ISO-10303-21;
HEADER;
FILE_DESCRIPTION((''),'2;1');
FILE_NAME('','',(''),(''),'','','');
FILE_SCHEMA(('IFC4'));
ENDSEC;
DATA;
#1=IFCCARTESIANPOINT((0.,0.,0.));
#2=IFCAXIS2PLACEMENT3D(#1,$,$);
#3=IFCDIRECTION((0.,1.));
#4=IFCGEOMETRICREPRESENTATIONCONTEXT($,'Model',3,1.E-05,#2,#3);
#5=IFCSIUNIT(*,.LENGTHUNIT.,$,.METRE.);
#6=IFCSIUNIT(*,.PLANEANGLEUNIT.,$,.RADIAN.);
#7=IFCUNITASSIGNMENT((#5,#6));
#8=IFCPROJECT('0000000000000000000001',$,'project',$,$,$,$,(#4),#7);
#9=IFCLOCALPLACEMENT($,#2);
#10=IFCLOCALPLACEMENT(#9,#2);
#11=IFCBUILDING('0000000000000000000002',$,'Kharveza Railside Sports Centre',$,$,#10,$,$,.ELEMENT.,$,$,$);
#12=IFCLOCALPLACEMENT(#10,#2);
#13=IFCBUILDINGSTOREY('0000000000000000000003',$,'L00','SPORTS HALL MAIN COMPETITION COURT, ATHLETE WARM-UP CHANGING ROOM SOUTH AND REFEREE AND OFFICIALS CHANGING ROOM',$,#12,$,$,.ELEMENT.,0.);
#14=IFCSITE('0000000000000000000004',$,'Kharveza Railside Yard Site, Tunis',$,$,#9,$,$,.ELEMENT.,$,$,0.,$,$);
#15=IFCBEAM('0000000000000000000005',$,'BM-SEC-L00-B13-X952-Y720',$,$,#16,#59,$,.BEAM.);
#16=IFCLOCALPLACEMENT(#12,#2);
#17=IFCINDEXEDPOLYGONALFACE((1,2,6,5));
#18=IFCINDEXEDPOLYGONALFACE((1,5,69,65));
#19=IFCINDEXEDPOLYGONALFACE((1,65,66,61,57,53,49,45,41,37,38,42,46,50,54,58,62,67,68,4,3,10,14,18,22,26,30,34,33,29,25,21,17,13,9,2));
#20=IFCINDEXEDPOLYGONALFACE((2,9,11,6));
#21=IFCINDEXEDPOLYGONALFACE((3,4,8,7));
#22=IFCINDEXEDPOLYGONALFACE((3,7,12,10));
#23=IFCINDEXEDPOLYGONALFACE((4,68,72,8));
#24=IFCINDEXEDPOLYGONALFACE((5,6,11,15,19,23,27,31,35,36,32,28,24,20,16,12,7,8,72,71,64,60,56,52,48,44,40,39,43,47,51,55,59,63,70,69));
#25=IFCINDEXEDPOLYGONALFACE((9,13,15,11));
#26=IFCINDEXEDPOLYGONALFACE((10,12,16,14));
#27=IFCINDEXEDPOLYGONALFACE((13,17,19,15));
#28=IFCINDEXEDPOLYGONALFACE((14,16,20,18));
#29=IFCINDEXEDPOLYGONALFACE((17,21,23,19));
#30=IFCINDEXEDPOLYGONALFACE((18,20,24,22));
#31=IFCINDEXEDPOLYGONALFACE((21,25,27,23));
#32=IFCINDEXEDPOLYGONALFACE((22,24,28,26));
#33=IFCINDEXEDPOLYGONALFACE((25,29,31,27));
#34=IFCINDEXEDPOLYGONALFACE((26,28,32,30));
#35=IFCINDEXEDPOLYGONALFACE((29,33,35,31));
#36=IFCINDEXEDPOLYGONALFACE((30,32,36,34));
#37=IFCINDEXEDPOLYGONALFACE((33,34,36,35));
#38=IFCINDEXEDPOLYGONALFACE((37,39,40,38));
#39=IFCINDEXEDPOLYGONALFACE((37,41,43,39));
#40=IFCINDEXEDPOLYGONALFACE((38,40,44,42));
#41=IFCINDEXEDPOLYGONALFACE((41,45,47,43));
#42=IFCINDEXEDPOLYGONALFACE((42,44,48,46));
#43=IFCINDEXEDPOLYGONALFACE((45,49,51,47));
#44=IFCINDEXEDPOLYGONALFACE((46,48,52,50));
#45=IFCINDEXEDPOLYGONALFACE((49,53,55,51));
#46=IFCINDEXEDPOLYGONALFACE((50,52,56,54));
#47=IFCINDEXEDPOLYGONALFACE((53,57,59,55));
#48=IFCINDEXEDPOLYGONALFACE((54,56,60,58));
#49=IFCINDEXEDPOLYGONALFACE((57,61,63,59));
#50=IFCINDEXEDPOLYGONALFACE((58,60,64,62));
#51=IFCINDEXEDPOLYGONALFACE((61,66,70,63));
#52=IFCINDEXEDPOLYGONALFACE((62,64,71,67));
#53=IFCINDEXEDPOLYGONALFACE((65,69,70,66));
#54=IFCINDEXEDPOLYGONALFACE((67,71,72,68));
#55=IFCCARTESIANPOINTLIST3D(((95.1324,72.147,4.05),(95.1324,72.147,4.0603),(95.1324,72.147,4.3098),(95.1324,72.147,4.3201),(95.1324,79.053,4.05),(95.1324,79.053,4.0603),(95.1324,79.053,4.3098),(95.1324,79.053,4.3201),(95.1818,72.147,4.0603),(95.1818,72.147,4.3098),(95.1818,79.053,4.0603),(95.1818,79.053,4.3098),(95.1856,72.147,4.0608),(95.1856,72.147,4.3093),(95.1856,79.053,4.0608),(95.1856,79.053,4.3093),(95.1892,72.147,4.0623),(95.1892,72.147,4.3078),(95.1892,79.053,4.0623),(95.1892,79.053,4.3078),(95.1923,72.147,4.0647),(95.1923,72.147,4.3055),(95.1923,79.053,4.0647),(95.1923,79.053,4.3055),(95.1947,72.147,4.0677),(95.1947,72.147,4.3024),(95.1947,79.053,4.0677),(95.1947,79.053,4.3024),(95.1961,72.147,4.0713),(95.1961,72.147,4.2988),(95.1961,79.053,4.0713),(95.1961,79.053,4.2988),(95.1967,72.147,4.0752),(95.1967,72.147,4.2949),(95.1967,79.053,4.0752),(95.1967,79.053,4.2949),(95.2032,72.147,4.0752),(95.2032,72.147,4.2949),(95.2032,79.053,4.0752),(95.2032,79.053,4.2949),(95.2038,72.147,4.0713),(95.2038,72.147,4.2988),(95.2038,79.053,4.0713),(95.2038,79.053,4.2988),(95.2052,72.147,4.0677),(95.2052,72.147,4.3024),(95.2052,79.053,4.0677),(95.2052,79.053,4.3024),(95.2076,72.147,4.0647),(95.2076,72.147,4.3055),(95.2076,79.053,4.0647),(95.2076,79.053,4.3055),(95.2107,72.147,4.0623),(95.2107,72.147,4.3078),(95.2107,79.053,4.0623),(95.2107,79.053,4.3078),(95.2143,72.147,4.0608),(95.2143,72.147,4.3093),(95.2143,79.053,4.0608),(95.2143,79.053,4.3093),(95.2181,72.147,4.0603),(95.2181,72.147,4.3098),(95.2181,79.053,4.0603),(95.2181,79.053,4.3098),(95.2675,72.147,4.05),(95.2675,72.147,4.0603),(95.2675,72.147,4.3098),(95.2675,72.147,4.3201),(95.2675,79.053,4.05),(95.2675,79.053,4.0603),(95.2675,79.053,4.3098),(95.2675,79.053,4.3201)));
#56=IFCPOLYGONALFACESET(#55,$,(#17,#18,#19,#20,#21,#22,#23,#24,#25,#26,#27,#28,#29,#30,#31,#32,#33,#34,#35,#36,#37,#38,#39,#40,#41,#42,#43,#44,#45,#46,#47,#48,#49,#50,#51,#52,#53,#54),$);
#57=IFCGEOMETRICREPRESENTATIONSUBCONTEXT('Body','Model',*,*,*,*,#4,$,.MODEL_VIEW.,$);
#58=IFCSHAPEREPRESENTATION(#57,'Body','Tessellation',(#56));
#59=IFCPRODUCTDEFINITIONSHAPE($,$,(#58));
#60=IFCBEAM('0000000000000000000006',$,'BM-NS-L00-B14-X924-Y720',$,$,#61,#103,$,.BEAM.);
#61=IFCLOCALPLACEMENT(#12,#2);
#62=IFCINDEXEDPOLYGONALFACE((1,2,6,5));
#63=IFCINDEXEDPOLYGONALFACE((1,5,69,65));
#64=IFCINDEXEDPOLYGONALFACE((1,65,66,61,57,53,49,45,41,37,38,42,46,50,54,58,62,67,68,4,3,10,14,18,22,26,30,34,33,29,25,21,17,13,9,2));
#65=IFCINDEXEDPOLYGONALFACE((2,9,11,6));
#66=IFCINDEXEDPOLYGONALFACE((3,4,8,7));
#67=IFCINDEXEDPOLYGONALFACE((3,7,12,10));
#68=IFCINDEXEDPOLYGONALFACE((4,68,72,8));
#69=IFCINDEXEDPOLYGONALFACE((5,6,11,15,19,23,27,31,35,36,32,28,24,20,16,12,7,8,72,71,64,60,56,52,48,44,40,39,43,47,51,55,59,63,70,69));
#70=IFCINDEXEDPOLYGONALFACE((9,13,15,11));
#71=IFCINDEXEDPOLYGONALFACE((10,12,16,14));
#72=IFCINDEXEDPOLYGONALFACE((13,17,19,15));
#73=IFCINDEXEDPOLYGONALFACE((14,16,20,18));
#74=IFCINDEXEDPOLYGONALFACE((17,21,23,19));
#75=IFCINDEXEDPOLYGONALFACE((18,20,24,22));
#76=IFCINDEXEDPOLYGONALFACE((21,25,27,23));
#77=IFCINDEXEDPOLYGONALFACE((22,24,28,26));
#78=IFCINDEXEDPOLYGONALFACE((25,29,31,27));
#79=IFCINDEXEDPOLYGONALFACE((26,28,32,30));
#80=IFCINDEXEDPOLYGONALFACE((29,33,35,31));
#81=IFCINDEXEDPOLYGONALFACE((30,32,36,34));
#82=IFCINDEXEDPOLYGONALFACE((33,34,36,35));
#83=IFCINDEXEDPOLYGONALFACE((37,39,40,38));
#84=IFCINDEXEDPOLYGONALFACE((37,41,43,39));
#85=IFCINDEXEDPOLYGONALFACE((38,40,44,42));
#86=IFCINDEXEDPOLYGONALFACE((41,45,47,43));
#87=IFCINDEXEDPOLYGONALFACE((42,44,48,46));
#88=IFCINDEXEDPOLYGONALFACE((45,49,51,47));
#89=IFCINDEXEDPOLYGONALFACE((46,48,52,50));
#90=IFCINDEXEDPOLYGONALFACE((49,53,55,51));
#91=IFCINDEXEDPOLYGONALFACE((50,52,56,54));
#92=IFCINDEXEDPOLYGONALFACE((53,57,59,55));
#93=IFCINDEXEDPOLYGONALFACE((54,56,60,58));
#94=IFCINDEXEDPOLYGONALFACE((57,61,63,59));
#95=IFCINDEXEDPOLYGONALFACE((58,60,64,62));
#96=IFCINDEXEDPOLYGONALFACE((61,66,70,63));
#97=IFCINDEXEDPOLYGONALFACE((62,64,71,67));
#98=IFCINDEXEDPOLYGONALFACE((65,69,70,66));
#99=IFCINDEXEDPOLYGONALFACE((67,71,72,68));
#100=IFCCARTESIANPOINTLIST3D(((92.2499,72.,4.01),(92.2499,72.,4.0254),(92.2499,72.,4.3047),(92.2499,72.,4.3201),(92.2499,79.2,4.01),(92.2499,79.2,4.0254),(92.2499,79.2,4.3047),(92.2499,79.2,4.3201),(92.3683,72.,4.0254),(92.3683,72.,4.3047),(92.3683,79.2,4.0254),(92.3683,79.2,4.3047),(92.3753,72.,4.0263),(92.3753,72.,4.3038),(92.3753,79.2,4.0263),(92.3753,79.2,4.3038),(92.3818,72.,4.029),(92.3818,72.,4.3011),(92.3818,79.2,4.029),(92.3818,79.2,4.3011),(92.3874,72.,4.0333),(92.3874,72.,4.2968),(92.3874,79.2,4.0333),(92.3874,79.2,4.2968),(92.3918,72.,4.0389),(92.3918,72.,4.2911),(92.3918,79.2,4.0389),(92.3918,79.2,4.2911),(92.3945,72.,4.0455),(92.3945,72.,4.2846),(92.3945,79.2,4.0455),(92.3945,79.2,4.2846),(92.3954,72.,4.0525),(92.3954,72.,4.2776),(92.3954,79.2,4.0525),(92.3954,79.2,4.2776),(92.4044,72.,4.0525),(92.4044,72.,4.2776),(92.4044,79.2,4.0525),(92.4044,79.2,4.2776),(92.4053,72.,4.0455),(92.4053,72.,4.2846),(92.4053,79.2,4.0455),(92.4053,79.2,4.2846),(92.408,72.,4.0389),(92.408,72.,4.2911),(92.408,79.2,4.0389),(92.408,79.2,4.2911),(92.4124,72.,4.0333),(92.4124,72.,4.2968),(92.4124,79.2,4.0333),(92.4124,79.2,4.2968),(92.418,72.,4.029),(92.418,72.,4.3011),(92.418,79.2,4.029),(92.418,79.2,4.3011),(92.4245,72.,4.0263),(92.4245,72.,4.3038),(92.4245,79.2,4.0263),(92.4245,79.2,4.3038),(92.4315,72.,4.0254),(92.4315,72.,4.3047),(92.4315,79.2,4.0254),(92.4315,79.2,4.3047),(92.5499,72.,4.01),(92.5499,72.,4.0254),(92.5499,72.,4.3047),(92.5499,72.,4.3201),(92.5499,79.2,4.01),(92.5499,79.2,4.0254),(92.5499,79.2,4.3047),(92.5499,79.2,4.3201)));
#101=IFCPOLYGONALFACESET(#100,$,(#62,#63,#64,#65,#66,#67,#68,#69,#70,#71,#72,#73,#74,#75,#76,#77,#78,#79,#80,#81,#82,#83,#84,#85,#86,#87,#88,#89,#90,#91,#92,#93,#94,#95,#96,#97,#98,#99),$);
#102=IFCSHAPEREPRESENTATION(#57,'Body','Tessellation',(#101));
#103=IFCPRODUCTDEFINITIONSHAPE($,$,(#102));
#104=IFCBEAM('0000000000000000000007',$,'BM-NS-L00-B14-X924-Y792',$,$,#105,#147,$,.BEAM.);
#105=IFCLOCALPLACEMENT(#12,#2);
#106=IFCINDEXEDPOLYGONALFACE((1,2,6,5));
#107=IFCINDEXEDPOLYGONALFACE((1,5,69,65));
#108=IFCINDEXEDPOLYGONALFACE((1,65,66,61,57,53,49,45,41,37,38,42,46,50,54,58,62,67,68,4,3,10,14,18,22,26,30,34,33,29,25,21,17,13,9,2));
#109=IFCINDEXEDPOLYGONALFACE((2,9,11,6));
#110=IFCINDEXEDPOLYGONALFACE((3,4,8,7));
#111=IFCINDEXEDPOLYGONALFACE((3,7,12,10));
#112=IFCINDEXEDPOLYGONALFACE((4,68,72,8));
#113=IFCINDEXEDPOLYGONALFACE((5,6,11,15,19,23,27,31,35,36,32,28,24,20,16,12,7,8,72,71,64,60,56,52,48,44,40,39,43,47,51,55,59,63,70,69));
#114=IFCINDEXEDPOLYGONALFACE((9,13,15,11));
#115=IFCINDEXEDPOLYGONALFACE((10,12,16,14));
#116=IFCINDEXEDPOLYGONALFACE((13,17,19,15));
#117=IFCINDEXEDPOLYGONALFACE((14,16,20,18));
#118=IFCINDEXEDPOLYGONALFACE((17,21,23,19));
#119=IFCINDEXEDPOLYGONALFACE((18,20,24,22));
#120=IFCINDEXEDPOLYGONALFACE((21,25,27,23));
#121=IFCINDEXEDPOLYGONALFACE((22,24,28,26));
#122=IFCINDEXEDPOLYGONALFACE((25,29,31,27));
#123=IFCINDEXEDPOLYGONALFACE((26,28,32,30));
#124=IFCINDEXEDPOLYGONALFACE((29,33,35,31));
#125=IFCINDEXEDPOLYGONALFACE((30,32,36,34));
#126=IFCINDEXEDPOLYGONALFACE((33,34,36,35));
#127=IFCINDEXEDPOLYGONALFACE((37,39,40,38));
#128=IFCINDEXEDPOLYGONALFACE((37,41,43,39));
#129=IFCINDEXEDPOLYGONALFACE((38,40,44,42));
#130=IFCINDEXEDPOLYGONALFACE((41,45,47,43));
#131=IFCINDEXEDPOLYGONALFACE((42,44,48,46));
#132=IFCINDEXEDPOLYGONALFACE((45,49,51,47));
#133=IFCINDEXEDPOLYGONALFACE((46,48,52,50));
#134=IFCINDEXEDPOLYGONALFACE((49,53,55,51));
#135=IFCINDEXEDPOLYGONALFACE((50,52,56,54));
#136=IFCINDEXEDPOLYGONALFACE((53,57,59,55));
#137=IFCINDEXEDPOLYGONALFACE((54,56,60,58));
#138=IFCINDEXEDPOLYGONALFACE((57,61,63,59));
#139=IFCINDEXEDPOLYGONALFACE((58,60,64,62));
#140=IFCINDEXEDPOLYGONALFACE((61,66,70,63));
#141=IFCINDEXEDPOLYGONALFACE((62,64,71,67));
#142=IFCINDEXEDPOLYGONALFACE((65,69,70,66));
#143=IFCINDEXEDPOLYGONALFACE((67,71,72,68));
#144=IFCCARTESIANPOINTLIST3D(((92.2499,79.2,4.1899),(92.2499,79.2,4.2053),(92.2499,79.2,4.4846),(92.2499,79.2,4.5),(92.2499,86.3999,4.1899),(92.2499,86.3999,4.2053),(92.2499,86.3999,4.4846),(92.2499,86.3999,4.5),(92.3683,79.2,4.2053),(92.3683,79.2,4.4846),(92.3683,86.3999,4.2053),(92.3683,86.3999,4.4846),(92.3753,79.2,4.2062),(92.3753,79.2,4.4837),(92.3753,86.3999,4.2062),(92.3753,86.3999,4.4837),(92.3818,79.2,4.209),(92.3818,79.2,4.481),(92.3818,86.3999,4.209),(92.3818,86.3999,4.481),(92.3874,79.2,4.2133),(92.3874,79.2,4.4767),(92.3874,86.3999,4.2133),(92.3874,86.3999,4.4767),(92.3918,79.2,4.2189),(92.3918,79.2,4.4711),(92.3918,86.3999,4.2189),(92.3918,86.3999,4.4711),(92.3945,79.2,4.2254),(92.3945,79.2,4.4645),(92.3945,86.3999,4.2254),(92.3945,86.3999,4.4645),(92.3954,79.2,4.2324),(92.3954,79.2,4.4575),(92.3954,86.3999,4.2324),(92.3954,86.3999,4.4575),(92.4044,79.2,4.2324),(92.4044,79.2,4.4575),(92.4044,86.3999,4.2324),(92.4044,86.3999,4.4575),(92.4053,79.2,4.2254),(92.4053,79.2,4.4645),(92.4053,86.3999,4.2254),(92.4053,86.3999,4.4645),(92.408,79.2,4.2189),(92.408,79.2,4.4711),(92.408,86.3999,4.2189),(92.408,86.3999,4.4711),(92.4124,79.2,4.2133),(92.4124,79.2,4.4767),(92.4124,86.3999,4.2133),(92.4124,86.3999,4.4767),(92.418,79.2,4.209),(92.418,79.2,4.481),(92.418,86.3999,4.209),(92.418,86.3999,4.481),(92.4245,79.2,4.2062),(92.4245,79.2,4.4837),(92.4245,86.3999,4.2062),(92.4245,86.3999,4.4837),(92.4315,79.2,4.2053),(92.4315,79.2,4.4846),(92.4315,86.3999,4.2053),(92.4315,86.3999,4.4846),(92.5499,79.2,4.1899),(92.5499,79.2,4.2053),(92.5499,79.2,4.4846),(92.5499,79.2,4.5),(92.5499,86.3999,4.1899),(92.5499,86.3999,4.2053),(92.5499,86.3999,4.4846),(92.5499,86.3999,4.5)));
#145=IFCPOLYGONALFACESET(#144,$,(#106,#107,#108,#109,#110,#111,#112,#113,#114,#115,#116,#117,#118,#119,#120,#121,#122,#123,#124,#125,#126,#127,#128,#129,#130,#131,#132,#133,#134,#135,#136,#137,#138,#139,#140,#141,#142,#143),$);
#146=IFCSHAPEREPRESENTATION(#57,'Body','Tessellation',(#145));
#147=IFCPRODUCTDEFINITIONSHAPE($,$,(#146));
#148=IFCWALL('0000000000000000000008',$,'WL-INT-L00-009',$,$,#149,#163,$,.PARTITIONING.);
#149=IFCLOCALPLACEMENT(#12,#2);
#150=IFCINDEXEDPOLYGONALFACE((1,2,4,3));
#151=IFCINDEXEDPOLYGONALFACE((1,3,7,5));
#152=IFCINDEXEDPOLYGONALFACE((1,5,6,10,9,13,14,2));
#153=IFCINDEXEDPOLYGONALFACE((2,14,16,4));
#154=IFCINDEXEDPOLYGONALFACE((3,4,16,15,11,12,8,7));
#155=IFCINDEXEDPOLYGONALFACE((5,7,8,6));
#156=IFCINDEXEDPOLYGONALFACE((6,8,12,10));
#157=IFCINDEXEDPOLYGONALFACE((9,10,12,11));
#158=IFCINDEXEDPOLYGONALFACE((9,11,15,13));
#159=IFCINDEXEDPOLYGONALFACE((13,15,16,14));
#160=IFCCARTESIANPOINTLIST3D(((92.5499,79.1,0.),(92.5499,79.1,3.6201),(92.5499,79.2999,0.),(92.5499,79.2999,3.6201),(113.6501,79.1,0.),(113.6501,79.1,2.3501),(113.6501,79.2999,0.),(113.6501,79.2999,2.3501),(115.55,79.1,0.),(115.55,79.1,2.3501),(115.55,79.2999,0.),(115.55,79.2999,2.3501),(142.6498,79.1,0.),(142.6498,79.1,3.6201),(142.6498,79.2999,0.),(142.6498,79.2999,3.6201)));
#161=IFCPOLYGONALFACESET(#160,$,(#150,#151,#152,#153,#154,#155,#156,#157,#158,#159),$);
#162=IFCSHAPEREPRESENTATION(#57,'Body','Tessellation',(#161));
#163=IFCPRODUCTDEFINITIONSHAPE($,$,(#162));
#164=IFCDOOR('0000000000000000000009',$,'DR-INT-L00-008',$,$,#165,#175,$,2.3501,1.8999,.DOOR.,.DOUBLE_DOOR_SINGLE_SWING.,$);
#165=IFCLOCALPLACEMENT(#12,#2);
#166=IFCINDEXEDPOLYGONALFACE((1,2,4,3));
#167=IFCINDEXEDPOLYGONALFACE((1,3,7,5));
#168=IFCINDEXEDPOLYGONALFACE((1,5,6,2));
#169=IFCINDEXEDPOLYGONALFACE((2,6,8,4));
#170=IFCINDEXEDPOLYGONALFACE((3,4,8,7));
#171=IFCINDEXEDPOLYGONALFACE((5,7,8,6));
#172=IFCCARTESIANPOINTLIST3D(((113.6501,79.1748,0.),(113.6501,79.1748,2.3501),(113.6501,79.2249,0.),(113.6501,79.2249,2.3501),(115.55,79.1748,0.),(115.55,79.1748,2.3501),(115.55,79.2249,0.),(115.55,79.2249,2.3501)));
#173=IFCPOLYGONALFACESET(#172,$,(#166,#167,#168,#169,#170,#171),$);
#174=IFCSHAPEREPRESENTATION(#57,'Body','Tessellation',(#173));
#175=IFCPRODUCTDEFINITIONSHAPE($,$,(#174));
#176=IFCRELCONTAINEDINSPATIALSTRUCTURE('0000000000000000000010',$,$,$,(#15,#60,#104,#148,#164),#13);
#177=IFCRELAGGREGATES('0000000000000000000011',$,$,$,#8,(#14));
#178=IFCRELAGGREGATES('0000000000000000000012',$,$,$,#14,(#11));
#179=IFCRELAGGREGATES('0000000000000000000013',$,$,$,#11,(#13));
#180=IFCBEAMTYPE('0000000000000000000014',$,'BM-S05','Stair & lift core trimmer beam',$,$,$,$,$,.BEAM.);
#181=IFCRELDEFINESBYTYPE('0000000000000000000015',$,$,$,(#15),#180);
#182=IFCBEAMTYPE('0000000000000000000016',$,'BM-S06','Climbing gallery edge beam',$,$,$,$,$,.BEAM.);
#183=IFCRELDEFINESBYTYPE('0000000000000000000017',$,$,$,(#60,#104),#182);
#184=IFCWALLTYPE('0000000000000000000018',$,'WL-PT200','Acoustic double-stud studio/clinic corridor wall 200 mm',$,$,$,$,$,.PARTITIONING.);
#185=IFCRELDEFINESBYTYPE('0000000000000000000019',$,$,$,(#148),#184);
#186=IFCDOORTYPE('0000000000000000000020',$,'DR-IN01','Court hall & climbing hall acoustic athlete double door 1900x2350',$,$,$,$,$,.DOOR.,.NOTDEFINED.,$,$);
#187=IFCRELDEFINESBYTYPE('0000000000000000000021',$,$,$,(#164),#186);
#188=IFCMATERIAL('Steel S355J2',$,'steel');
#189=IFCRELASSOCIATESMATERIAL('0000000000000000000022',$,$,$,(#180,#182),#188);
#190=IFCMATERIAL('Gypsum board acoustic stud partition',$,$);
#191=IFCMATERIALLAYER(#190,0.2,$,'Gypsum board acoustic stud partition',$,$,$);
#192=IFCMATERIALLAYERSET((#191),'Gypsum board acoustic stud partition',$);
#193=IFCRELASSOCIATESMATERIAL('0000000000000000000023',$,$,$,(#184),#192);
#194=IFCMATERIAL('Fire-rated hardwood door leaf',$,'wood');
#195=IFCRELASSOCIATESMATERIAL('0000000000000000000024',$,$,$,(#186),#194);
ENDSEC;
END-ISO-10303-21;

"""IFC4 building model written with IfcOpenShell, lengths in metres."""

from ifc_helpers import new_model, si_unit, direction, frame, frame_2d, origin, origin_2d, place, context, subcontext, project, spatial, rectangle, i_section, extrude, material, layer, layer_set, material_profile, profile_set, type_object, element, fill, save


model = new_model("IFC4")

# Units and contexts
model_context = context("Model", 3, precision=1e-05, world=origin(), true_north=direction((0.0, 1.0)))
body_context = subcontext(model_context, "Body", "Model", "MODEL_VIEW")
ifc_project = project(units=[si_unit("LENGTHUNIT", "METRE"), si_unit("PLANEANGLEUNIT", "RADIAN")], contexts=[model_context])

# Site, building, storey
site_placement = place(None, origin())
site = spatial("IfcSite", under=ifc_project, at=site_placement, Name="Kharveza Railside Yard Site, Tunis", CompositionType="ELEMENT", RefElevation=0.0)
building_placement = place(site_placement, origin())
building = spatial("IfcBuilding", under=site, at=building_placement, Name="Kharveza Railside Sports Centre", CompositionType="ELEMENT")
storey_placement = place(building_placement, origin())
storey = spatial("IfcBuildingStorey", under=building, at=storey_placement, Name="L00", Description="SPORTS HALL MAIN COMPETITION COURT, ATHLETE WARM-UP CHANGING ROOM SOUTH AND REFEREE AND OFFICIALS CHANGING ROOM", CompositionType="ELEMENT", Elevation=0.0)

# Shared definitions
ifc_material_1 = material(Name="Steel S355J2", Category="steel")

# Beams
ifc_material_profile_1 = material_profile(ifc_material_1, i_section(OverallWidth=0.135, OverallDepth=0.27, WebThickness=0.0066, FlangeThickness=0.0103, FilletRadius=0.0149, at=origin_2d()), Name="IPE 270")
ifc_profile_set_1 = profile_set([ifc_material_profile_1], Name="Steel S355J2")
beam_type_1 = type_object("IfcBeamType", Name="BM-S05", Description="Stair & lift core trimmer beam", PredefinedType="BEAM", material=ifc_profile_set_1)
beam_1_placement = place(storey_placement, frame((95.2, 72.147, 4.1851), z_axis=(0.0, 1.0, 0.0), x_axis=(-1.0, 0.0, 0.0)))
element("IfcBeam", 1, at=beam_1_placement, inside=storey, type_object=beam_type_1, Name="BM-SEC-L00-B13-X952-Y720", PredefinedType="BEAM", context=body_context, shape_type="SweptSolid", body=[
    extrude(i_section(OverallWidth=0.135, OverallDepth=0.27, WebThickness=0.0066, FlangeThickness=0.0103, FilletRadius=0.0149, at=origin_2d()), origin(), (0.0, 0.0, 1.0), 6.906),
])
ifc_material_profile_2 = material_profile(ifc_material_1, i_section(OverallWidth=0.3, OverallDepth=0.3101, WebThickness=0.009, FlangeThickness=0.0154, FilletRadius=0.0271, at=origin_2d()), Name="HEA 320")
ifc_profile_set_2 = profile_set([ifc_material_profile_2], Name="Steel S355J2")
beam_type_2 = type_object("IfcBeamType", Name="BM-S06", Description="Climbing gallery edge beam", PredefinedType="BEAM", material=ifc_profile_set_2)
for number, where, z_axis, x_axis, name in (
    (2, (92.3999, 72.0, 4.165), (0.0, 1.0, 0.0), (-1.0, 0.0, 0.0), "BM-NS-L00-B14-X924-Y720"),
    (3, (92.3999, 79.2, 4.345), (0.0, 1.0, 0.0), (-1.0, 0.0, 0.0), "BM-NS-L00-B14-X924-Y792"),
):
    element("IfcBeam", number, at=place(storey_placement, frame(where, z_axis=z_axis, x_axis=x_axis)), inside=storey, type_object=beam_type_2, Name=name, PredefinedType="BEAM", context=body_context, shape_type="SweptSolid", body=[
        extrude(i_section(OverallWidth=0.3, OverallDepth=0.3101, WebThickness=0.009, FlangeThickness=0.0154, FilletRadius=0.0271, at=origin_2d()), origin(), (0.0, 0.0, 1.0), 7.2),
    ])

# Wall, opening, door
ifc_material_2 = material(Name="Gypsum board acoustic stud partition")
ifc_layer_1 = layer(ifc_material_2, 0.2, Name="Gypsum board acoustic stud partition")
ifc_layer_set_1 = layer_set([ifc_layer_1], Name="Gypsum board acoustic stud partition")
wall_type_1 = type_object("IfcWallType", Name="WL-PT200", Description="Acoustic double-stud studio/clinic corridor wall 200 mm", PredefinedType="PARTITIONING", material=ifc_layer_set_1)
wall_1_placement = place(storey_placement, frame((92.55, 79.2, 0.0), z_axis=(0.0, 0.0, 1.0), x_axis=(1.0, 0.0, 0.0)))
wall_1 = element("IfcWall", 4, at=wall_1_placement, inside=storey, type_object=wall_type_1, Name="WL-INT-L00-009", PredefinedType="PARTITIONING", context=body_context, shape_type="SweptSolid", body=[
    extrude(rectangle(XDim=50.0999, YDim=0.2, at=frame_2d((25.0498, 0.0))), origin(), (0.0, 0.0, 1.0), 3.6201),
])
opening_1_placement = place(wall_1_placement, frame((21.1001, 0.0, 0.0)))
opening_1 = element("IfcOpeningElement", 5, at=opening_1_placement, cuts=wall_1, PredefinedType="OPENING", context=body_context, shape_type="SweptSolid", body=[
    extrude(rectangle(XDim=1.8999, YDim=2.3501, at=frame_2d((0.95, 1.175))), frame((0.0, 0.125, 0.0), z_axis=(0.0, -1.0, 0.0), x_axis=(1.0, 0.0, 0.0)), (0.0, 0.0, 1.0), 0.2498),
])
ifc_material_3 = material(Name="Fire-rated hardwood door leaf", Category="wood")
door_type_1 = type_object("IfcDoorType", Name="DR-IN01", Description="Court hall & climbing hall acoustic athlete double door 1900x2350", OperationType="NOTDEFINED", PredefinedType="DOOR", material=ifc_material_3)
door_1_placement = place(opening_1_placement, origin())
door_1 = element("IfcDoor", 6, at=door_1_placement, inside=storey, type_object=door_type_1, Name="DR-INT-L00-008", OperationType="DOUBLE_DOOR_SINGLE_SWING", OverallHeight=2.3501, OverallWidth=1.8999, PredefinedType="DOOR", context=body_context, shape_type="SweptSolid", body=[
    extrude(rectangle(XDim=1.8999, YDim=2.3501, at=frame_2d((0.95, 1.175))), frame((0.0, 0.0249, 0.0), z_axis=(0.0, -1.0, 0.0), x_axis=(1.0, 0.0, 0.0)), (0.0, 0.0, 1.0), 0.05),
])
fill(opening_1, door_1)

save(model, "model.ifc")
